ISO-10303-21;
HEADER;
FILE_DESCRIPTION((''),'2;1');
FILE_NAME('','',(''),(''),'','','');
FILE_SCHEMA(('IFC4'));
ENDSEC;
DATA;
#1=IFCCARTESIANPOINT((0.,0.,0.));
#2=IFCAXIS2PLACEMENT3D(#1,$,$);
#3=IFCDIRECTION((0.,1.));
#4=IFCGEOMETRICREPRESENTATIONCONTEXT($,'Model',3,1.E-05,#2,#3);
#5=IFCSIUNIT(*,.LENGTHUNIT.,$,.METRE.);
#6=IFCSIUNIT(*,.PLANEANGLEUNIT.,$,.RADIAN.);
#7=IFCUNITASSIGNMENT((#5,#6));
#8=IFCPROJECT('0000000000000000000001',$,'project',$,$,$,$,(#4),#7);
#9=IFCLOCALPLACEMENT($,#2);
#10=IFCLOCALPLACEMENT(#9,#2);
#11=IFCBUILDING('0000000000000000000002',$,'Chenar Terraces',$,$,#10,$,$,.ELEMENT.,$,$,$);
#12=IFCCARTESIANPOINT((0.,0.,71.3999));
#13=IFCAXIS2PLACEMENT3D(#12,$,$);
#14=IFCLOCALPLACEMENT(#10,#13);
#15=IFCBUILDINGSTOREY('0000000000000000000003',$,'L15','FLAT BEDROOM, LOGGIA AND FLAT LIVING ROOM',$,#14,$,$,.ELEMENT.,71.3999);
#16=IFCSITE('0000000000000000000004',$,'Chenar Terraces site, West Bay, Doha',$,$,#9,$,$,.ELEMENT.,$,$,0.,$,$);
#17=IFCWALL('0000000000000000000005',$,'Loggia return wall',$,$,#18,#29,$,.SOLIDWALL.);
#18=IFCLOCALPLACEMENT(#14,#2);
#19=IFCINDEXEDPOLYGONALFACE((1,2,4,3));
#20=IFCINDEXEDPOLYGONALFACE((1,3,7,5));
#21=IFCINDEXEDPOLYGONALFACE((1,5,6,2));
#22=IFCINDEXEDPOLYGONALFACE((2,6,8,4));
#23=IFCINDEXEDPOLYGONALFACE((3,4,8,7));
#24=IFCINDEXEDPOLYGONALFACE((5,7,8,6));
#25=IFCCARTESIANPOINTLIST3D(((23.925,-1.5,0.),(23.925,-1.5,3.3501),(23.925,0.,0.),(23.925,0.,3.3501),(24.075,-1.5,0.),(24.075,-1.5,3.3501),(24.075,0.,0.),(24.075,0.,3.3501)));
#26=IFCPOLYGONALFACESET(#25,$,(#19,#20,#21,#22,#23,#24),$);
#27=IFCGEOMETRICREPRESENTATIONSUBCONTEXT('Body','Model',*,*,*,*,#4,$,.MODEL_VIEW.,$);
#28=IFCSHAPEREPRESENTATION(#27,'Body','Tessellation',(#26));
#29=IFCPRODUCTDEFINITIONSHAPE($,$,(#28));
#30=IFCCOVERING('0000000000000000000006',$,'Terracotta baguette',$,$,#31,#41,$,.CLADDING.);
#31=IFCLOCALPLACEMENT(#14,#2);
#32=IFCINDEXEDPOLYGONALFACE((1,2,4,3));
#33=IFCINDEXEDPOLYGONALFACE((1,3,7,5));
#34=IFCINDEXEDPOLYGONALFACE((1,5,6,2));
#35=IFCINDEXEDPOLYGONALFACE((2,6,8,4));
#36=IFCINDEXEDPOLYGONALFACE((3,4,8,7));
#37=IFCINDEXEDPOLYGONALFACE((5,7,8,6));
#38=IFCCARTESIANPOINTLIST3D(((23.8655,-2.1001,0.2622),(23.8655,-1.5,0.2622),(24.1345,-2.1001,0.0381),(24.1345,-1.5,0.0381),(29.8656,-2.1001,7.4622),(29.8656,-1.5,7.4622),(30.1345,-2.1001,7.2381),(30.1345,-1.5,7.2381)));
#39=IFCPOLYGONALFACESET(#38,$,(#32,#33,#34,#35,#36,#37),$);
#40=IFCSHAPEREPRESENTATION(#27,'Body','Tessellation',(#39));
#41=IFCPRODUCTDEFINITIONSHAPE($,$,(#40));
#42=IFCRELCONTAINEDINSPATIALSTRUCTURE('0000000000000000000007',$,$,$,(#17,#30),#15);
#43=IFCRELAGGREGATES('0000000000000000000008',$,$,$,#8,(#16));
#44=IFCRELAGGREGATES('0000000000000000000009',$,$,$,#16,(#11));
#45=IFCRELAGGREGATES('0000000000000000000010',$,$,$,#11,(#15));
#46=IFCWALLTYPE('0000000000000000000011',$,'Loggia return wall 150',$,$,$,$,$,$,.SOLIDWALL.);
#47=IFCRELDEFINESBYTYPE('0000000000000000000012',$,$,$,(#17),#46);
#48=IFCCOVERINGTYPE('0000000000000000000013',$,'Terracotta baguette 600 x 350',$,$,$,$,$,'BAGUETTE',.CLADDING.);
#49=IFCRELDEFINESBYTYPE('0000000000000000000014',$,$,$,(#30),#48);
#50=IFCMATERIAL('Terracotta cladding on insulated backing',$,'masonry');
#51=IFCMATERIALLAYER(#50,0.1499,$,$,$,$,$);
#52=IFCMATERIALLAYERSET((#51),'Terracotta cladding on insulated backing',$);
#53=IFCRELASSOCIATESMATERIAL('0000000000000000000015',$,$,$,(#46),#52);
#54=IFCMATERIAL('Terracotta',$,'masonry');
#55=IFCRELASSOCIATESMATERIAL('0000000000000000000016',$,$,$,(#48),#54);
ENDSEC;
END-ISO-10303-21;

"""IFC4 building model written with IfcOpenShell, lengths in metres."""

from ifc_helpers import new_model, si_unit, direction, frame, frame_2d, origin, origin_2d, place, context, subcontext, project, spatial, rectangle, extrude, material, layer, layer_set, material_profile, profile_set, type_object, element, save


model = new_model("IFC4")

# Units and contexts
model_context = context("Model", 3, precision=1e-05, world=origin(), true_north=direction((0.0, 1.0)))
body_context = subcontext(model_context, "Body", "Model", "MODEL_VIEW")
ifc_project = project(units=[si_unit("LENGTHUNIT", "METRE"), si_unit("PLANEANGLEUNIT", "RADIAN")], contexts=[model_context])

# Site, building, storey
site_placement = place(None, origin())
site = spatial("IfcSite", under=ifc_project, at=site_placement, Name="Chenar Terraces site, West Bay, Doha", CompositionType="ELEMENT", RefElevation=0.0)
building_placement = place(site_placement, origin())
building = spatial("IfcBuilding", under=site, at=building_placement, Name="Chenar Terraces", CompositionType="ELEMENT")
storey_placement = place(building_placement, frame((0.0, 0.0, 71.3999)))
storey = spatial("IfcBuildingStorey", under=building, at=storey_placement, Name="L15", Description="FLAT BEDROOM, LOGGIA AND FLAT LIVING ROOM", CompositionType="ELEMENT", Elevation=71.3999)

# Wall
ifc_material_1 = material(Name="Terracotta cladding on insulated backing", Category="masonry")
ifc_layer_1 = layer(ifc_material_1, 0.1499)
ifc_layer_set_1 = layer_set([ifc_layer_1], Name="Terracotta cladding on insulated backing")
wall_type_1 = type_object("IfcWallType", Name="Loggia return wall 150", PredefinedType="SOLIDWALL", material=ifc_layer_set_1)
wall_1_placement = place(storey_placement, frame((24.0, -1.5, 0.0), z_axis=(0.0, 0.0, 1.0), x_axis=(0.0, 1.0, 0.0)))
element("IfcWall", 1, at=wall_1_placement, inside=storey, type_object=wall_type_1, Name="Loggia return wall", PredefinedType="SOLIDWALL", context=body_context, shape_type="SweptSolid", body=[
    extrude(rectangle(XDim=1.5, YDim=0.1499, at=frame_2d((0.75, 0.0))), origin(), (0.0, 0.0, 1.0), 3.3501),
])

# Covering
ifc_material_2 = material(Name="Terracotta", Category="masonry")
ifc_material_profile_1 = material_profile(ifc_material_2, rectangle(XDim=0.6001, YDim=0.3501, at=origin_2d()), Name="Terracotta baguette 600 x 350")
ifc_profile_set_1 = profile_set([ifc_material_profile_1], Name="Terracotta")
covering_type = type_object("IfcCoveringType", Name="Terracotta baguette 600 x 350", ElementType="BAGUETTE", PredefinedType="CLADDING", material=ifc_profile_set_1)
covering_placement = place(storey_placement, frame((24.0, -1.8, 0.1501), z_axis=(0.640187, 0.0, 0.768219), x_axis=(0.0, 1.0, 0.0)))
element("IfcCovering", 2, at=covering_placement, inside=storey, type_object=covering_type, Name="Terracotta baguette", PredefinedType="CLADDING", context=body_context, shape_type="SweptSolid", body=[
    extrude(rectangle(XDim=0.6001, YDim=0.3501, at=origin_2d()), origin(), (0.0, 0.0, 1.0), 9.3723),
])

save(model, "model.ifc")
